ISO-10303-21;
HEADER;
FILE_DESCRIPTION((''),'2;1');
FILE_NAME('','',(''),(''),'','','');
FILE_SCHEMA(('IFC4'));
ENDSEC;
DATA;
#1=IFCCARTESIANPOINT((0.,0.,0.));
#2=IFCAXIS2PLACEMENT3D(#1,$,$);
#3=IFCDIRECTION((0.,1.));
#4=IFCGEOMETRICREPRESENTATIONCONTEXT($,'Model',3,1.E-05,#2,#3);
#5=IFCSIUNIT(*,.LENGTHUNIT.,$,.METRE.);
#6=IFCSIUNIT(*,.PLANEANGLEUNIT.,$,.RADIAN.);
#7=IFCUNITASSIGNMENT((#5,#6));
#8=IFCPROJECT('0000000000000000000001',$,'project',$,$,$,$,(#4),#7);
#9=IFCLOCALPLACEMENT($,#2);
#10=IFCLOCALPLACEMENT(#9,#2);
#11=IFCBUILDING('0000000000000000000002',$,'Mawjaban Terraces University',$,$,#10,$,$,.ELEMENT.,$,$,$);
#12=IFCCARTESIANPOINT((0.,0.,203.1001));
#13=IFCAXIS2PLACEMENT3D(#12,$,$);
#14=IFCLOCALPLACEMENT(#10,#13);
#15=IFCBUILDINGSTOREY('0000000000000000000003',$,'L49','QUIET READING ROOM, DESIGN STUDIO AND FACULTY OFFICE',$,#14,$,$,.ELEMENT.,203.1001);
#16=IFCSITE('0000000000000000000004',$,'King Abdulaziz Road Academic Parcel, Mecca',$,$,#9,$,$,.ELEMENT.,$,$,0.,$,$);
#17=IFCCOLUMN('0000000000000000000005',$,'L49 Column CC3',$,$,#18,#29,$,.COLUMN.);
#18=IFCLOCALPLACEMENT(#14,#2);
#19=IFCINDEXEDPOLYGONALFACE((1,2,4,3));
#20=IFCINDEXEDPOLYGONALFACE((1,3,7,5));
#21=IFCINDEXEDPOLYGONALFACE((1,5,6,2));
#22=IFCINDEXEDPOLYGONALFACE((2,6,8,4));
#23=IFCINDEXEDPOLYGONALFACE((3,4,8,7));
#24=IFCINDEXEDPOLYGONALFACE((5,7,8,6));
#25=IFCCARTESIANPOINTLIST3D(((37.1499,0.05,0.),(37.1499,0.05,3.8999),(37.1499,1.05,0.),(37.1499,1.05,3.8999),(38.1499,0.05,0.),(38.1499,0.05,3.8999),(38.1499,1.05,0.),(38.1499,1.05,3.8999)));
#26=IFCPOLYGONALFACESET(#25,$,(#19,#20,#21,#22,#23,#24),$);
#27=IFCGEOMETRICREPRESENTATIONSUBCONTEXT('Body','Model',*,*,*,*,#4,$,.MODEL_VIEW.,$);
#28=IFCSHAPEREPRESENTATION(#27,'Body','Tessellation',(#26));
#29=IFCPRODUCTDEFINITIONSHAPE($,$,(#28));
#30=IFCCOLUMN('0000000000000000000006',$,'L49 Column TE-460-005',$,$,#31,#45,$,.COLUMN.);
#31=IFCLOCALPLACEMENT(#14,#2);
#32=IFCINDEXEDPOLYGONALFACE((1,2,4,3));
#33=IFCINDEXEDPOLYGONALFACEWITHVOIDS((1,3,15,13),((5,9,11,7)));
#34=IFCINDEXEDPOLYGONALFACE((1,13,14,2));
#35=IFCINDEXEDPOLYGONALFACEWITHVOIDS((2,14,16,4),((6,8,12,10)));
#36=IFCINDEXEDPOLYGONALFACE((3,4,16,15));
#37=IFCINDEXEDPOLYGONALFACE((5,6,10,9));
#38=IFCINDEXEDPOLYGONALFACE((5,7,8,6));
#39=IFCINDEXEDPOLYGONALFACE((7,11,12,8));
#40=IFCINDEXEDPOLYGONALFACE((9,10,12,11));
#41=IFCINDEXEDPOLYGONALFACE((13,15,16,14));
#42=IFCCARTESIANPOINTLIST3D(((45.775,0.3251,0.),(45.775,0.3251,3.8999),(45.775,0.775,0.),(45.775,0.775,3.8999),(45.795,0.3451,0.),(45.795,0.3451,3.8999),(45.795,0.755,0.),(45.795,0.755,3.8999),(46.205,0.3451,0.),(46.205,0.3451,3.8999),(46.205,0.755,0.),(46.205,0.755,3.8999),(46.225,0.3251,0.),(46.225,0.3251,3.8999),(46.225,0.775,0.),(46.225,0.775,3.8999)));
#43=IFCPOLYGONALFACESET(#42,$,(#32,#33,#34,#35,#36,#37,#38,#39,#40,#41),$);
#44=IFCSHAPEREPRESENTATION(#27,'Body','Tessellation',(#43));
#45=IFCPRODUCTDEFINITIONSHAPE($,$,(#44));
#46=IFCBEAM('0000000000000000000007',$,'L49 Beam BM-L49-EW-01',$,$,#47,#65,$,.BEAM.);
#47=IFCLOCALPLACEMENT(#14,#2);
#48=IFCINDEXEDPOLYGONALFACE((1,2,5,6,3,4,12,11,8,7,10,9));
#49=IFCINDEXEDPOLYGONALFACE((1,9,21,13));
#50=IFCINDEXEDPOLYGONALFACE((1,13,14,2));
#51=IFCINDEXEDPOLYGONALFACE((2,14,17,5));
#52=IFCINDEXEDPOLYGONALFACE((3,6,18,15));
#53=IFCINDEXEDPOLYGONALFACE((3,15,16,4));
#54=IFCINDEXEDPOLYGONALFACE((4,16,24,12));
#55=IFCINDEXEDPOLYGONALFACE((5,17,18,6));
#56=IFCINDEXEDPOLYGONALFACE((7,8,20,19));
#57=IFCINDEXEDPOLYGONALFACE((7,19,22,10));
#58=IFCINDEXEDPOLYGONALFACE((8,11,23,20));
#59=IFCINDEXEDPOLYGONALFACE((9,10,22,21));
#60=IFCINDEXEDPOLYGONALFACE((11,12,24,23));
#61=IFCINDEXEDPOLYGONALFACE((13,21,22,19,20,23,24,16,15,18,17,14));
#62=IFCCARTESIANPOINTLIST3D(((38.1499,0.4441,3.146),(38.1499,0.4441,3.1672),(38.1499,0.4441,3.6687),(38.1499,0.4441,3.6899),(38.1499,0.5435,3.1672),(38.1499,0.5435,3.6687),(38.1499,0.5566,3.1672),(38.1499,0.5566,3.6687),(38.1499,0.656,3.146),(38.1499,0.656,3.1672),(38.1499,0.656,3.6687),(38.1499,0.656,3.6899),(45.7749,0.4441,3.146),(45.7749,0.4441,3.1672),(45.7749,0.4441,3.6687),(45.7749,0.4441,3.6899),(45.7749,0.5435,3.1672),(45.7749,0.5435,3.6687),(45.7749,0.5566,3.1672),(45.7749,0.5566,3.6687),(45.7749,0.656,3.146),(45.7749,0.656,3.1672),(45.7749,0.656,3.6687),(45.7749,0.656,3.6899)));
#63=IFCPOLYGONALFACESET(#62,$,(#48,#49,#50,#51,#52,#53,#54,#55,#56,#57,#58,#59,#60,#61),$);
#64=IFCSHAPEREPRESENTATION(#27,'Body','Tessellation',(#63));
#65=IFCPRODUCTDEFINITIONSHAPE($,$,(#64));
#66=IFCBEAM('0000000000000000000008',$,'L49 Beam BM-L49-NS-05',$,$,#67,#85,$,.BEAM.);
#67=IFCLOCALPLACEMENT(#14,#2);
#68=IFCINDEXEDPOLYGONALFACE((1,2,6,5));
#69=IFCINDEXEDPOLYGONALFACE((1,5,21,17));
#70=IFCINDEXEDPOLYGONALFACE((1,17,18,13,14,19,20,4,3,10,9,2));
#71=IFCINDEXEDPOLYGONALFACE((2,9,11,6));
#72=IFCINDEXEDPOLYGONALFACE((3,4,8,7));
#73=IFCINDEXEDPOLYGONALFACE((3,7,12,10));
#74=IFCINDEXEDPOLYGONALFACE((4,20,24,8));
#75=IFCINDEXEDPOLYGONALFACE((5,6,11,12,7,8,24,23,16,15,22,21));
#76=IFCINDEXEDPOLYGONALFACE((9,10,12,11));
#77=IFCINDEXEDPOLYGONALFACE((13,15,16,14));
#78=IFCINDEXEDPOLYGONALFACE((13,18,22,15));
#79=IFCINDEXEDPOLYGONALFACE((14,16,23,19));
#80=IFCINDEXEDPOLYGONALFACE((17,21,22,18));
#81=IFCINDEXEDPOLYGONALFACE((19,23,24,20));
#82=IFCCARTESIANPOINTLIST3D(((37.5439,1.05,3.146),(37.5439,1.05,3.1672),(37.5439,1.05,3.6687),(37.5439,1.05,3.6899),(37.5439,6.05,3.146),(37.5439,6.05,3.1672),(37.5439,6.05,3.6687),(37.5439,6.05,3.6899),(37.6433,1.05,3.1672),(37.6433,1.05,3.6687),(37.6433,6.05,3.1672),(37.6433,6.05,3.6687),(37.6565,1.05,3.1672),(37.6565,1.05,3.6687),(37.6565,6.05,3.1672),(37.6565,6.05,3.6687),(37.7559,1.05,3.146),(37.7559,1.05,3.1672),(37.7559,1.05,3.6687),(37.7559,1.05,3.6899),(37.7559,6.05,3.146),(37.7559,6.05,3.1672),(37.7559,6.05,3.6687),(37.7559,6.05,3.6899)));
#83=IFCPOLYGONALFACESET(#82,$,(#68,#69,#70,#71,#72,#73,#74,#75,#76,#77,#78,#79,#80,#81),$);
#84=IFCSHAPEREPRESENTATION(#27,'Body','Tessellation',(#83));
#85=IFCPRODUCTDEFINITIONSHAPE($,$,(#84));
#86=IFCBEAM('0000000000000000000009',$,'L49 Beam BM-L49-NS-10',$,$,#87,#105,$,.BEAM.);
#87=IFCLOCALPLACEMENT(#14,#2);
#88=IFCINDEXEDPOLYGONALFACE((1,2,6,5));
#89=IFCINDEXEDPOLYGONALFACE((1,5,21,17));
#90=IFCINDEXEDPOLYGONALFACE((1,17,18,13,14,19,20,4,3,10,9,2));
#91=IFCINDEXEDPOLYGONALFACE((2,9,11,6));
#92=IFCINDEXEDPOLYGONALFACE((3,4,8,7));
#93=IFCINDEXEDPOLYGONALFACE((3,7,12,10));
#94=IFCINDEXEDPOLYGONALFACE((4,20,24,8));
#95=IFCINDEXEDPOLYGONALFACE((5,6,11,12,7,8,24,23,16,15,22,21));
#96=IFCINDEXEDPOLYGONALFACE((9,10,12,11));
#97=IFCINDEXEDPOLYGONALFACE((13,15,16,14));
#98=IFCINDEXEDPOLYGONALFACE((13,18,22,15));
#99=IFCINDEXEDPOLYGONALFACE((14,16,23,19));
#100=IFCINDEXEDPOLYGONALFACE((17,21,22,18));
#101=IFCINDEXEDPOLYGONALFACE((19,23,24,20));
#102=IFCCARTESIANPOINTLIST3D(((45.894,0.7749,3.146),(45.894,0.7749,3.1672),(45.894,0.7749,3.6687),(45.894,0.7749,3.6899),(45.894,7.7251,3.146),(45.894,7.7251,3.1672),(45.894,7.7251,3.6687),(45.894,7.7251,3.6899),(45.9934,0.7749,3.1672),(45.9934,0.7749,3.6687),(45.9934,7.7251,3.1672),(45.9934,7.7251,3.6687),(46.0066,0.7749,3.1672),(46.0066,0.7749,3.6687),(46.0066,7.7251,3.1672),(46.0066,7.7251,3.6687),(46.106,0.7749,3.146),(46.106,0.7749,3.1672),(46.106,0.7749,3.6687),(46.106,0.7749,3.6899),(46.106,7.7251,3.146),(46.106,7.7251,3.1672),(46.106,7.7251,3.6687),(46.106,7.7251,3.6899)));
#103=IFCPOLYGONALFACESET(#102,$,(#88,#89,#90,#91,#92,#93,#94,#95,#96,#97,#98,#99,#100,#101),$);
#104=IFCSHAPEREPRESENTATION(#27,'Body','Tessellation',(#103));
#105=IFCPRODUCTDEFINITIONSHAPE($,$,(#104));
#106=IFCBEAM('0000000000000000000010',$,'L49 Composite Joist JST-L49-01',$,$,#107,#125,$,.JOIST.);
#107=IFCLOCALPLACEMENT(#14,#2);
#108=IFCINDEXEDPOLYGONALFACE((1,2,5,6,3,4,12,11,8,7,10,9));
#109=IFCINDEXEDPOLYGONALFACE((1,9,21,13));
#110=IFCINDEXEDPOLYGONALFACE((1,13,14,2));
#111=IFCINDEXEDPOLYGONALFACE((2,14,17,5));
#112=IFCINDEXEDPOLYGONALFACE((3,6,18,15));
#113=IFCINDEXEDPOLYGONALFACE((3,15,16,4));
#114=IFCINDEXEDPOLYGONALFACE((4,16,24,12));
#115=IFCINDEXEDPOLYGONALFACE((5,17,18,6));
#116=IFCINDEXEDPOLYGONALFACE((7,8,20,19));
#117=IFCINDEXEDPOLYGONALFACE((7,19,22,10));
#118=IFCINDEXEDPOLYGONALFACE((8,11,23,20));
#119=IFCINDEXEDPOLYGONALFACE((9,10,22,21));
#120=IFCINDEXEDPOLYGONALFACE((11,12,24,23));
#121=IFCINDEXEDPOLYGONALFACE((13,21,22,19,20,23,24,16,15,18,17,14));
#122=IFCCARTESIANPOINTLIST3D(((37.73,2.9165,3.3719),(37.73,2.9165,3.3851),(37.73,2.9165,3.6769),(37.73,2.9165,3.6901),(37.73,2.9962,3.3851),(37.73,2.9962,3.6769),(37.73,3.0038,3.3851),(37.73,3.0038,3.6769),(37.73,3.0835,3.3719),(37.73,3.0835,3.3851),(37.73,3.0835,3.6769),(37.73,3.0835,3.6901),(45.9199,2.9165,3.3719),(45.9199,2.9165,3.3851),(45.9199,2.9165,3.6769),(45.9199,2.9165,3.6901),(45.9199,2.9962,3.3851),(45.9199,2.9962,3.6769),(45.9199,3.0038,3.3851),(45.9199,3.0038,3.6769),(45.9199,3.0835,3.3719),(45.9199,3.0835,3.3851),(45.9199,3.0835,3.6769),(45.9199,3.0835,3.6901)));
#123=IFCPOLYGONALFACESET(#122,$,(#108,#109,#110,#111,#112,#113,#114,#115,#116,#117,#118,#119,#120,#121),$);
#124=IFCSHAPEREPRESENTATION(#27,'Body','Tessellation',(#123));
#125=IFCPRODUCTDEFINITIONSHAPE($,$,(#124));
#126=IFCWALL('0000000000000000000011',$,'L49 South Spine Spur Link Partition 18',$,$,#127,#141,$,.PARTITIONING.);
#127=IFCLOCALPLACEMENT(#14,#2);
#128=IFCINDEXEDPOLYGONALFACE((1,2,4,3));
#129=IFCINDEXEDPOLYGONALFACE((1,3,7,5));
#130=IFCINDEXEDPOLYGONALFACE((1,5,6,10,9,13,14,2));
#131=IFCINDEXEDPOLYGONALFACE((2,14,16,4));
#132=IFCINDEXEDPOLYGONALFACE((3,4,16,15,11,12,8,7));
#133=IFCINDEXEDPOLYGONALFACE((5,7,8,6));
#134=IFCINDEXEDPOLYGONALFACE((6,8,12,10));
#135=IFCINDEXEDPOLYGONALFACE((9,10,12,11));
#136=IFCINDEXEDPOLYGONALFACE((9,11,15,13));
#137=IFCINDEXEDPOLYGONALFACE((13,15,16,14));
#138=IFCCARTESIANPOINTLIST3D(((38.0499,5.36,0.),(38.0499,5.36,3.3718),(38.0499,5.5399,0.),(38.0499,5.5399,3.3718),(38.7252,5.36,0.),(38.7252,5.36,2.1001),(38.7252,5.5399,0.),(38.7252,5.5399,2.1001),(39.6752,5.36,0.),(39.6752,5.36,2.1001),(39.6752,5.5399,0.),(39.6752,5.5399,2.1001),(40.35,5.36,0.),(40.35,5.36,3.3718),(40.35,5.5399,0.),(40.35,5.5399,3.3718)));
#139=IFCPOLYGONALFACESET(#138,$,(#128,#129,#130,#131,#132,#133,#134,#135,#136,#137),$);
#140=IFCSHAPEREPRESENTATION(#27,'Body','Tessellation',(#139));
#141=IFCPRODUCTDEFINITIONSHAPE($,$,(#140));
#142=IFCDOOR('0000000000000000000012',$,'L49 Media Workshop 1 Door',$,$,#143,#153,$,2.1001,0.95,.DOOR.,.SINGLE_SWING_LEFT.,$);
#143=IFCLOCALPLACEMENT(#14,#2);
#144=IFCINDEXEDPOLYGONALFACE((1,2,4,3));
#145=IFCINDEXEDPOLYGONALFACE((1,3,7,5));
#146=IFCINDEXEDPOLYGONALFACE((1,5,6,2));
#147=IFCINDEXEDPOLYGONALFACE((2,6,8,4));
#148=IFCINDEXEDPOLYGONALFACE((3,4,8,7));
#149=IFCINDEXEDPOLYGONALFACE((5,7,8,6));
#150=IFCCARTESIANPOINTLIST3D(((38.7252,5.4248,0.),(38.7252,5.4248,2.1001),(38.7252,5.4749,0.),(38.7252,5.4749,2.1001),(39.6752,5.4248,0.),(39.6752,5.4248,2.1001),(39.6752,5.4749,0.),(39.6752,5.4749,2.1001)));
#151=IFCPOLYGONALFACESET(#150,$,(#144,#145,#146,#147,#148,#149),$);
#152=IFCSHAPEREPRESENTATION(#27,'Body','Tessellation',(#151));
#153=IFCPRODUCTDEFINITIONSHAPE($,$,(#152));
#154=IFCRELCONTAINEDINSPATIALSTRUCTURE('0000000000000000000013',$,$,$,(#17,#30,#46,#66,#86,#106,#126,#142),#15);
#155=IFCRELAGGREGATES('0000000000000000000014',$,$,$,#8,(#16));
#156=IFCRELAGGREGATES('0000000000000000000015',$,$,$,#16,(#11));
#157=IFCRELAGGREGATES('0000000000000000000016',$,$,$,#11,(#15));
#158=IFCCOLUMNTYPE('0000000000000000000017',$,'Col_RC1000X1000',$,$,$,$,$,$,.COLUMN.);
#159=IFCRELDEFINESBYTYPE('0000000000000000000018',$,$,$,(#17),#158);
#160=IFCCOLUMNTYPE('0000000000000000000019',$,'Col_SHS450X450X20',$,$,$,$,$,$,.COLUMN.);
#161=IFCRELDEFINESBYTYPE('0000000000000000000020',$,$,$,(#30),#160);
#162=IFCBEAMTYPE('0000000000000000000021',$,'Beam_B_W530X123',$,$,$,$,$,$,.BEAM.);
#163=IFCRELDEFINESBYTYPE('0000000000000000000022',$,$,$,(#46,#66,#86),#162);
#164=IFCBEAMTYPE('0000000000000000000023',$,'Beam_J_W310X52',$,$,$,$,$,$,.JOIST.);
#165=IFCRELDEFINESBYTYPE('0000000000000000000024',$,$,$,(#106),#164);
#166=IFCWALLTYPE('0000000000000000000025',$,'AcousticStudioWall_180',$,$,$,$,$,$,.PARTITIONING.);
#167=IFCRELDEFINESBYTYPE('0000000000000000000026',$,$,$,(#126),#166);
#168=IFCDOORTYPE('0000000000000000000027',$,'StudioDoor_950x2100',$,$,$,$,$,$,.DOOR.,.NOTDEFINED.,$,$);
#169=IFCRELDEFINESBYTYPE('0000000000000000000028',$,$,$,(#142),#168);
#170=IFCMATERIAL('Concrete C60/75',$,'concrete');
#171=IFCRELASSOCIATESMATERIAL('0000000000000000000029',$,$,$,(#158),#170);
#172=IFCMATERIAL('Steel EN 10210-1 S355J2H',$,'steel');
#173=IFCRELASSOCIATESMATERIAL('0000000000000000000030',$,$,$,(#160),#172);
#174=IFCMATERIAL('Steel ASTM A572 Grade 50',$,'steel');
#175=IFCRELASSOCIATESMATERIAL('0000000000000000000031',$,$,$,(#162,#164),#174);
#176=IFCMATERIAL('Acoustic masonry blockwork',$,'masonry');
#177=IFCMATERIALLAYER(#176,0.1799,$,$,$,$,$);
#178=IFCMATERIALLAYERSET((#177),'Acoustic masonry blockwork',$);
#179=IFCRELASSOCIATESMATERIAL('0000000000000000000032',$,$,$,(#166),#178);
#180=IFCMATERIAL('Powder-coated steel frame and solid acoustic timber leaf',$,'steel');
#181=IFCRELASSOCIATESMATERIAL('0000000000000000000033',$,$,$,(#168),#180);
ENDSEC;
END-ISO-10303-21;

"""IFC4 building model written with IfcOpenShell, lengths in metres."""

from ifc_helpers import new_model, si_unit, direction, frame, frame_2d, origin, origin_2d, place, context, subcontext, project, spatial, rectangle, hollow_rectangle, i_section, extrude, material, layer, layer_set, material_profile, profile_set, type_object, element, fill, save


model = new_model("IFC4")

# Units and contexts
model_context = context("Model", 3, precision=1e-05, world=origin(), true_north=direction((0.0, 1.0)))
body_context = subcontext(model_context, "Body", "Model", "MODEL_VIEW")
ifc_project = project(units=[si_unit("LENGTHUNIT", "METRE"), si_unit("PLANEANGLEUNIT", "RADIAN")], contexts=[model_context])

# Site, building, storey
site_placement = place(None, origin())
site = spatial("IfcSite", under=ifc_project, at=site_placement, Name="King Abdulaziz Road Academic Parcel, Mecca", CompositionType="ELEMENT", RefElevation=0.0)
building_placement = place(site_placement, origin())
building = spatial("IfcBuilding", under=site, at=building_placement, Name="Mawjaban Terraces University", CompositionType="ELEMENT")
storey_placement = place(building_placement, frame((0.0, 0.0, 203.1001)))
storey = spatial("IfcBuildingStorey", under=building, at=storey_placement, Name="L49", Description="QUIET READING ROOM, DESIGN STUDIO AND FACULTY OFFICE", CompositionType="ELEMENT", Elevation=203.1001)

# Columns
ifc_material_1 = material(Name="Concrete C60/75", Category="concrete")
ifc_material_profile_1 = material_profile(ifc_material_1, rectangle(XDim=1.0, YDim=1.0, at=origin_2d()), Name="RC1000X1000")
ifc_profile_set_1 = profile_set([ifc_material_profile_1], Name="Concrete C60/75")
column_type_1 = type_object("IfcColumnType", Name="Col_RC1000X1000", PredefinedType="COLUMN", material=ifc_profile_set_1)
column_1_placement = place(storey_placement, frame((37.6499, 0.55, 0.0), z_axis=(0.0, 0.0, 1.0), x_axis=(1.0, 0.0, 0.0)))
element("IfcColumn", 1, at=column_1_placement, inside=storey, type_object=column_type_1, Name="L49 Column CC3", PredefinedType="COLUMN", context=body_context, shape_type="SweptSolid", body=[
    extrude(rectangle(XDim=1.0, YDim=1.0, at=origin_2d()), origin(), (0.0, 0.0, 1.0), 3.8999),
])
ifc_material_2 = material(Name="Steel EN 10210-1 S355J2H", Category="steel")
ifc_material_profile_2 = material_profile(ifc_material_2, hollow_rectangle(XDim=0.45, YDim=0.45, WallThickness=0.02, at=origin_2d()), Name="SHS450X450X20")
ifc_profile_set_2 = profile_set([ifc_material_profile_2], Name="Steel EN 10210-1 S355J2H")
column_type_2 = type_object("IfcColumnType", Name="Col_SHS450X450X20", PredefinedType="COLUMN", material=ifc_profile_set_2)
column_2_placement = place(storey_placement, frame((46.0, 0.55, 0.0), z_axis=(0.0, 0.0, 1.0), x_axis=(1.0, 0.0, 0.0)))
element("IfcColumn", 2, at=column_2_placement, inside=storey, type_object=column_type_2, Name="L49 Column TE-460-005", PredefinedType="COLUMN", context=body_context, shape_type="SweptSolid", body=[
    extrude(hollow_rectangle(XDim=0.45, YDim=0.45, WallThickness=0.02, at=origin_2d()), origin(), (0.0, 0.0, 1.0), 3.8999),
])

# Beams
ifc_material_3 = material(Name="Steel ASTM A572 Grade 50", Category="steel")
ifc_material_profile_3 = material_profile(ifc_material_3, i_section(OverallWidth=0.2119, OverallDepth=0.5439, WebThickness=0.0132, FlangeThickness=0.0212, at=origin_2d()), Name="W530X123")
ifc_profile_set_3 = profile_set([ifc_material_profile_3], Name="Steel ASTM A572 Grade 50")
beam_type_1 = type_object("IfcBeamType", Name="Beam_B_W530X123", PredefinedType="BEAM", material=ifc_profile_set_3)
beam_1_placement = place(storey_placement, frame((38.1499, 0.55, 3.418), z_axis=(1.0, 0.0, 0.0), x_axis=(0.0, 1.0, 0.0)))
element("IfcBeam", 3, at=beam_1_placement, inside=storey, type_object=beam_type_1, Name="L49 Beam BM-L49-EW-01", PredefinedType="BEAM", context=body_context, shape_type="SweptSolid", body=[
    extrude(i_section(OverallWidth=0.2119, OverallDepth=0.5439, WebThickness=0.0132, FlangeThickness=0.0212, at=origin_2d()), origin(), (0.0, 0.0, 1.0), 7.625),
])
beam_2_placement = place(storey_placement, frame((37.6499, 1.05, 3.418), z_axis=(0.0, 1.0, 0.0), x_axis=(-1.0, 0.0, 0.0)))
element("IfcBeam", 4, at=beam_2_placement, inside=storey, type_object=beam_type_1, Name="L49 Beam BM-L49-NS-05", PredefinedType="BEAM", context=body_context, shape_type="SweptSolid", body=[
    extrude(i_section(OverallWidth=0.2119, OverallDepth=0.5439, WebThickness=0.0132, FlangeThickness=0.0212, at=origin_2d()), origin(), (0.0, 0.0, 1.0), 5.0),
])
beam_3_placement = place(storey_placement, frame((46.0, 0.7749, 3.418), z_axis=(0.0, 1.0, 0.0), x_axis=(-1.0, 0.0, 0.0)))
element("IfcBeam", 5, at=beam_3_placement, inside=storey, type_object=beam_type_1, Name="L49 Beam BM-L49-NS-10", PredefinedType="BEAM", context=body_context, shape_type="SweptSolid", body=[
    extrude(i_section(OverallWidth=0.2119, OverallDepth=0.5439, WebThickness=0.0132, FlangeThickness=0.0212, at=origin_2d()), origin(), (0.0, 0.0, 1.0), 6.9502),
])
ifc_material_profile_4 = material_profile(ifc_material_3, i_section(OverallWidth=0.167, OverallDepth=0.3181, WebThickness=0.0076, FlangeThickness=0.0132, at=origin_2d()), Name="W310X52")
ifc_profile_set_4 = profile_set([ifc_material_profile_4], Name="Steel ASTM A572 Grade 50")
beam_type_2 = type_object("IfcBeamType", Name="Beam_J_W310X52", PredefinedType="JOIST", material=ifc_profile_set_4)
beam_4_placement = place(storey_placement, frame((37.73, 3.0, 3.531), z_axis=(1.0, 0.0, 0.0), x_axis=(0.0, 1.0, 0.0)))
element("IfcBeam", 6, at=beam_4_placement, inside=storey, type_object=beam_type_2, Name="L49 Composite Joist JST-L49-01", PredefinedType="JOIST", context=body_context, shape_type="SweptSolid", body=[
    extrude(i_section(OverallWidth=0.167, OverallDepth=0.3181, WebThickness=0.0076, FlangeThickness=0.0132, at=origin_2d()), origin(), (0.0, 0.0, 1.0), 8.1899),
])

# Wall, opening, door
ifc_material_4 = material(Name="Acoustic masonry blockwork", Category="masonry")
ifc_layer_1 = layer(ifc_material_4, 0.1799)
ifc_layer_set_1 = layer_set([ifc_layer_1], Name="Acoustic masonry blockwork")
wall_type_1 = type_object("IfcWallType", Name="AcousticStudioWall_180", PredefinedType="PARTITIONING", material=ifc_layer_set_1)
wall_1_placement = place(storey_placement, frame((38.05, 5.45, 0.0), z_axis=(0.0, 0.0, 1.0), x_axis=(1.0, 0.0, 0.0)))
wall_1 = element("IfcWall", 7, at=wall_1_placement, inside=storey, type_object=wall_type_1, Name="L49 South Spine Spur Link Partition 18", PredefinedType="PARTITIONING", context=body_context, shape_type="SweptSolid", body=[
    extrude(rectangle(XDim=2.3, YDim=0.1799, at=frame_2d((1.1499, 0.0))), origin(), (0.0, 0.0, 1.0), 3.3718),
])
opening_1_placement = place(wall_1_placement, frame((0.675, 0.0, 0.0)))
opening_1 = element("IfcOpeningElement", 8, at=opening_1_placement, cuts=wall_1, PredefinedType="OPENING", context=body_context, shape_type="SweptSolid", body=[
    extrude(rectangle(XDim=0.95, YDim=2.1001, at=frame_2d((0.4751, 1.05))), frame((0.0, 0.0999, 0.0), z_axis=(0.0, -1.0, 0.0), x_axis=(1.0, 0.0, 0.0)), (0.0, 0.0, 1.0), 0.2),
])
ifc_material_5 = material(Name="Powder-coated steel frame and solid acoustic timber leaf", Category="steel")
door_type_1 = type_object("IfcDoorType", Name="StudioDoor_950x2100", OperationType="NOTDEFINED", PredefinedType="DOOR", material=ifc_material_5)
door_1_placement = place(opening_1_placement, origin())
door_1 = element("IfcDoor", 9, at=door_1_placement, inside=storey, type_object=door_type_1, Name="L49 Media Workshop 1 Door", OperationType="SINGLE_SWING_LEFT", OverallHeight=2.1001, OverallWidth=0.95, PredefinedType="DOOR", context=body_context, shape_type="SweptSolid", body=[
    extrude(rectangle(XDim=0.95, YDim=2.1001, at=frame_2d((0.4751, 1.05))), frame((0.0, 0.0249, 0.0), z_axis=(0.0, -1.0, 0.0), x_axis=(1.0, 0.0, 0.0)), (0.0, 0.0, 1.0), 0.05),
])
fill(opening_1, door_1)

save(model, "model.ifc")
